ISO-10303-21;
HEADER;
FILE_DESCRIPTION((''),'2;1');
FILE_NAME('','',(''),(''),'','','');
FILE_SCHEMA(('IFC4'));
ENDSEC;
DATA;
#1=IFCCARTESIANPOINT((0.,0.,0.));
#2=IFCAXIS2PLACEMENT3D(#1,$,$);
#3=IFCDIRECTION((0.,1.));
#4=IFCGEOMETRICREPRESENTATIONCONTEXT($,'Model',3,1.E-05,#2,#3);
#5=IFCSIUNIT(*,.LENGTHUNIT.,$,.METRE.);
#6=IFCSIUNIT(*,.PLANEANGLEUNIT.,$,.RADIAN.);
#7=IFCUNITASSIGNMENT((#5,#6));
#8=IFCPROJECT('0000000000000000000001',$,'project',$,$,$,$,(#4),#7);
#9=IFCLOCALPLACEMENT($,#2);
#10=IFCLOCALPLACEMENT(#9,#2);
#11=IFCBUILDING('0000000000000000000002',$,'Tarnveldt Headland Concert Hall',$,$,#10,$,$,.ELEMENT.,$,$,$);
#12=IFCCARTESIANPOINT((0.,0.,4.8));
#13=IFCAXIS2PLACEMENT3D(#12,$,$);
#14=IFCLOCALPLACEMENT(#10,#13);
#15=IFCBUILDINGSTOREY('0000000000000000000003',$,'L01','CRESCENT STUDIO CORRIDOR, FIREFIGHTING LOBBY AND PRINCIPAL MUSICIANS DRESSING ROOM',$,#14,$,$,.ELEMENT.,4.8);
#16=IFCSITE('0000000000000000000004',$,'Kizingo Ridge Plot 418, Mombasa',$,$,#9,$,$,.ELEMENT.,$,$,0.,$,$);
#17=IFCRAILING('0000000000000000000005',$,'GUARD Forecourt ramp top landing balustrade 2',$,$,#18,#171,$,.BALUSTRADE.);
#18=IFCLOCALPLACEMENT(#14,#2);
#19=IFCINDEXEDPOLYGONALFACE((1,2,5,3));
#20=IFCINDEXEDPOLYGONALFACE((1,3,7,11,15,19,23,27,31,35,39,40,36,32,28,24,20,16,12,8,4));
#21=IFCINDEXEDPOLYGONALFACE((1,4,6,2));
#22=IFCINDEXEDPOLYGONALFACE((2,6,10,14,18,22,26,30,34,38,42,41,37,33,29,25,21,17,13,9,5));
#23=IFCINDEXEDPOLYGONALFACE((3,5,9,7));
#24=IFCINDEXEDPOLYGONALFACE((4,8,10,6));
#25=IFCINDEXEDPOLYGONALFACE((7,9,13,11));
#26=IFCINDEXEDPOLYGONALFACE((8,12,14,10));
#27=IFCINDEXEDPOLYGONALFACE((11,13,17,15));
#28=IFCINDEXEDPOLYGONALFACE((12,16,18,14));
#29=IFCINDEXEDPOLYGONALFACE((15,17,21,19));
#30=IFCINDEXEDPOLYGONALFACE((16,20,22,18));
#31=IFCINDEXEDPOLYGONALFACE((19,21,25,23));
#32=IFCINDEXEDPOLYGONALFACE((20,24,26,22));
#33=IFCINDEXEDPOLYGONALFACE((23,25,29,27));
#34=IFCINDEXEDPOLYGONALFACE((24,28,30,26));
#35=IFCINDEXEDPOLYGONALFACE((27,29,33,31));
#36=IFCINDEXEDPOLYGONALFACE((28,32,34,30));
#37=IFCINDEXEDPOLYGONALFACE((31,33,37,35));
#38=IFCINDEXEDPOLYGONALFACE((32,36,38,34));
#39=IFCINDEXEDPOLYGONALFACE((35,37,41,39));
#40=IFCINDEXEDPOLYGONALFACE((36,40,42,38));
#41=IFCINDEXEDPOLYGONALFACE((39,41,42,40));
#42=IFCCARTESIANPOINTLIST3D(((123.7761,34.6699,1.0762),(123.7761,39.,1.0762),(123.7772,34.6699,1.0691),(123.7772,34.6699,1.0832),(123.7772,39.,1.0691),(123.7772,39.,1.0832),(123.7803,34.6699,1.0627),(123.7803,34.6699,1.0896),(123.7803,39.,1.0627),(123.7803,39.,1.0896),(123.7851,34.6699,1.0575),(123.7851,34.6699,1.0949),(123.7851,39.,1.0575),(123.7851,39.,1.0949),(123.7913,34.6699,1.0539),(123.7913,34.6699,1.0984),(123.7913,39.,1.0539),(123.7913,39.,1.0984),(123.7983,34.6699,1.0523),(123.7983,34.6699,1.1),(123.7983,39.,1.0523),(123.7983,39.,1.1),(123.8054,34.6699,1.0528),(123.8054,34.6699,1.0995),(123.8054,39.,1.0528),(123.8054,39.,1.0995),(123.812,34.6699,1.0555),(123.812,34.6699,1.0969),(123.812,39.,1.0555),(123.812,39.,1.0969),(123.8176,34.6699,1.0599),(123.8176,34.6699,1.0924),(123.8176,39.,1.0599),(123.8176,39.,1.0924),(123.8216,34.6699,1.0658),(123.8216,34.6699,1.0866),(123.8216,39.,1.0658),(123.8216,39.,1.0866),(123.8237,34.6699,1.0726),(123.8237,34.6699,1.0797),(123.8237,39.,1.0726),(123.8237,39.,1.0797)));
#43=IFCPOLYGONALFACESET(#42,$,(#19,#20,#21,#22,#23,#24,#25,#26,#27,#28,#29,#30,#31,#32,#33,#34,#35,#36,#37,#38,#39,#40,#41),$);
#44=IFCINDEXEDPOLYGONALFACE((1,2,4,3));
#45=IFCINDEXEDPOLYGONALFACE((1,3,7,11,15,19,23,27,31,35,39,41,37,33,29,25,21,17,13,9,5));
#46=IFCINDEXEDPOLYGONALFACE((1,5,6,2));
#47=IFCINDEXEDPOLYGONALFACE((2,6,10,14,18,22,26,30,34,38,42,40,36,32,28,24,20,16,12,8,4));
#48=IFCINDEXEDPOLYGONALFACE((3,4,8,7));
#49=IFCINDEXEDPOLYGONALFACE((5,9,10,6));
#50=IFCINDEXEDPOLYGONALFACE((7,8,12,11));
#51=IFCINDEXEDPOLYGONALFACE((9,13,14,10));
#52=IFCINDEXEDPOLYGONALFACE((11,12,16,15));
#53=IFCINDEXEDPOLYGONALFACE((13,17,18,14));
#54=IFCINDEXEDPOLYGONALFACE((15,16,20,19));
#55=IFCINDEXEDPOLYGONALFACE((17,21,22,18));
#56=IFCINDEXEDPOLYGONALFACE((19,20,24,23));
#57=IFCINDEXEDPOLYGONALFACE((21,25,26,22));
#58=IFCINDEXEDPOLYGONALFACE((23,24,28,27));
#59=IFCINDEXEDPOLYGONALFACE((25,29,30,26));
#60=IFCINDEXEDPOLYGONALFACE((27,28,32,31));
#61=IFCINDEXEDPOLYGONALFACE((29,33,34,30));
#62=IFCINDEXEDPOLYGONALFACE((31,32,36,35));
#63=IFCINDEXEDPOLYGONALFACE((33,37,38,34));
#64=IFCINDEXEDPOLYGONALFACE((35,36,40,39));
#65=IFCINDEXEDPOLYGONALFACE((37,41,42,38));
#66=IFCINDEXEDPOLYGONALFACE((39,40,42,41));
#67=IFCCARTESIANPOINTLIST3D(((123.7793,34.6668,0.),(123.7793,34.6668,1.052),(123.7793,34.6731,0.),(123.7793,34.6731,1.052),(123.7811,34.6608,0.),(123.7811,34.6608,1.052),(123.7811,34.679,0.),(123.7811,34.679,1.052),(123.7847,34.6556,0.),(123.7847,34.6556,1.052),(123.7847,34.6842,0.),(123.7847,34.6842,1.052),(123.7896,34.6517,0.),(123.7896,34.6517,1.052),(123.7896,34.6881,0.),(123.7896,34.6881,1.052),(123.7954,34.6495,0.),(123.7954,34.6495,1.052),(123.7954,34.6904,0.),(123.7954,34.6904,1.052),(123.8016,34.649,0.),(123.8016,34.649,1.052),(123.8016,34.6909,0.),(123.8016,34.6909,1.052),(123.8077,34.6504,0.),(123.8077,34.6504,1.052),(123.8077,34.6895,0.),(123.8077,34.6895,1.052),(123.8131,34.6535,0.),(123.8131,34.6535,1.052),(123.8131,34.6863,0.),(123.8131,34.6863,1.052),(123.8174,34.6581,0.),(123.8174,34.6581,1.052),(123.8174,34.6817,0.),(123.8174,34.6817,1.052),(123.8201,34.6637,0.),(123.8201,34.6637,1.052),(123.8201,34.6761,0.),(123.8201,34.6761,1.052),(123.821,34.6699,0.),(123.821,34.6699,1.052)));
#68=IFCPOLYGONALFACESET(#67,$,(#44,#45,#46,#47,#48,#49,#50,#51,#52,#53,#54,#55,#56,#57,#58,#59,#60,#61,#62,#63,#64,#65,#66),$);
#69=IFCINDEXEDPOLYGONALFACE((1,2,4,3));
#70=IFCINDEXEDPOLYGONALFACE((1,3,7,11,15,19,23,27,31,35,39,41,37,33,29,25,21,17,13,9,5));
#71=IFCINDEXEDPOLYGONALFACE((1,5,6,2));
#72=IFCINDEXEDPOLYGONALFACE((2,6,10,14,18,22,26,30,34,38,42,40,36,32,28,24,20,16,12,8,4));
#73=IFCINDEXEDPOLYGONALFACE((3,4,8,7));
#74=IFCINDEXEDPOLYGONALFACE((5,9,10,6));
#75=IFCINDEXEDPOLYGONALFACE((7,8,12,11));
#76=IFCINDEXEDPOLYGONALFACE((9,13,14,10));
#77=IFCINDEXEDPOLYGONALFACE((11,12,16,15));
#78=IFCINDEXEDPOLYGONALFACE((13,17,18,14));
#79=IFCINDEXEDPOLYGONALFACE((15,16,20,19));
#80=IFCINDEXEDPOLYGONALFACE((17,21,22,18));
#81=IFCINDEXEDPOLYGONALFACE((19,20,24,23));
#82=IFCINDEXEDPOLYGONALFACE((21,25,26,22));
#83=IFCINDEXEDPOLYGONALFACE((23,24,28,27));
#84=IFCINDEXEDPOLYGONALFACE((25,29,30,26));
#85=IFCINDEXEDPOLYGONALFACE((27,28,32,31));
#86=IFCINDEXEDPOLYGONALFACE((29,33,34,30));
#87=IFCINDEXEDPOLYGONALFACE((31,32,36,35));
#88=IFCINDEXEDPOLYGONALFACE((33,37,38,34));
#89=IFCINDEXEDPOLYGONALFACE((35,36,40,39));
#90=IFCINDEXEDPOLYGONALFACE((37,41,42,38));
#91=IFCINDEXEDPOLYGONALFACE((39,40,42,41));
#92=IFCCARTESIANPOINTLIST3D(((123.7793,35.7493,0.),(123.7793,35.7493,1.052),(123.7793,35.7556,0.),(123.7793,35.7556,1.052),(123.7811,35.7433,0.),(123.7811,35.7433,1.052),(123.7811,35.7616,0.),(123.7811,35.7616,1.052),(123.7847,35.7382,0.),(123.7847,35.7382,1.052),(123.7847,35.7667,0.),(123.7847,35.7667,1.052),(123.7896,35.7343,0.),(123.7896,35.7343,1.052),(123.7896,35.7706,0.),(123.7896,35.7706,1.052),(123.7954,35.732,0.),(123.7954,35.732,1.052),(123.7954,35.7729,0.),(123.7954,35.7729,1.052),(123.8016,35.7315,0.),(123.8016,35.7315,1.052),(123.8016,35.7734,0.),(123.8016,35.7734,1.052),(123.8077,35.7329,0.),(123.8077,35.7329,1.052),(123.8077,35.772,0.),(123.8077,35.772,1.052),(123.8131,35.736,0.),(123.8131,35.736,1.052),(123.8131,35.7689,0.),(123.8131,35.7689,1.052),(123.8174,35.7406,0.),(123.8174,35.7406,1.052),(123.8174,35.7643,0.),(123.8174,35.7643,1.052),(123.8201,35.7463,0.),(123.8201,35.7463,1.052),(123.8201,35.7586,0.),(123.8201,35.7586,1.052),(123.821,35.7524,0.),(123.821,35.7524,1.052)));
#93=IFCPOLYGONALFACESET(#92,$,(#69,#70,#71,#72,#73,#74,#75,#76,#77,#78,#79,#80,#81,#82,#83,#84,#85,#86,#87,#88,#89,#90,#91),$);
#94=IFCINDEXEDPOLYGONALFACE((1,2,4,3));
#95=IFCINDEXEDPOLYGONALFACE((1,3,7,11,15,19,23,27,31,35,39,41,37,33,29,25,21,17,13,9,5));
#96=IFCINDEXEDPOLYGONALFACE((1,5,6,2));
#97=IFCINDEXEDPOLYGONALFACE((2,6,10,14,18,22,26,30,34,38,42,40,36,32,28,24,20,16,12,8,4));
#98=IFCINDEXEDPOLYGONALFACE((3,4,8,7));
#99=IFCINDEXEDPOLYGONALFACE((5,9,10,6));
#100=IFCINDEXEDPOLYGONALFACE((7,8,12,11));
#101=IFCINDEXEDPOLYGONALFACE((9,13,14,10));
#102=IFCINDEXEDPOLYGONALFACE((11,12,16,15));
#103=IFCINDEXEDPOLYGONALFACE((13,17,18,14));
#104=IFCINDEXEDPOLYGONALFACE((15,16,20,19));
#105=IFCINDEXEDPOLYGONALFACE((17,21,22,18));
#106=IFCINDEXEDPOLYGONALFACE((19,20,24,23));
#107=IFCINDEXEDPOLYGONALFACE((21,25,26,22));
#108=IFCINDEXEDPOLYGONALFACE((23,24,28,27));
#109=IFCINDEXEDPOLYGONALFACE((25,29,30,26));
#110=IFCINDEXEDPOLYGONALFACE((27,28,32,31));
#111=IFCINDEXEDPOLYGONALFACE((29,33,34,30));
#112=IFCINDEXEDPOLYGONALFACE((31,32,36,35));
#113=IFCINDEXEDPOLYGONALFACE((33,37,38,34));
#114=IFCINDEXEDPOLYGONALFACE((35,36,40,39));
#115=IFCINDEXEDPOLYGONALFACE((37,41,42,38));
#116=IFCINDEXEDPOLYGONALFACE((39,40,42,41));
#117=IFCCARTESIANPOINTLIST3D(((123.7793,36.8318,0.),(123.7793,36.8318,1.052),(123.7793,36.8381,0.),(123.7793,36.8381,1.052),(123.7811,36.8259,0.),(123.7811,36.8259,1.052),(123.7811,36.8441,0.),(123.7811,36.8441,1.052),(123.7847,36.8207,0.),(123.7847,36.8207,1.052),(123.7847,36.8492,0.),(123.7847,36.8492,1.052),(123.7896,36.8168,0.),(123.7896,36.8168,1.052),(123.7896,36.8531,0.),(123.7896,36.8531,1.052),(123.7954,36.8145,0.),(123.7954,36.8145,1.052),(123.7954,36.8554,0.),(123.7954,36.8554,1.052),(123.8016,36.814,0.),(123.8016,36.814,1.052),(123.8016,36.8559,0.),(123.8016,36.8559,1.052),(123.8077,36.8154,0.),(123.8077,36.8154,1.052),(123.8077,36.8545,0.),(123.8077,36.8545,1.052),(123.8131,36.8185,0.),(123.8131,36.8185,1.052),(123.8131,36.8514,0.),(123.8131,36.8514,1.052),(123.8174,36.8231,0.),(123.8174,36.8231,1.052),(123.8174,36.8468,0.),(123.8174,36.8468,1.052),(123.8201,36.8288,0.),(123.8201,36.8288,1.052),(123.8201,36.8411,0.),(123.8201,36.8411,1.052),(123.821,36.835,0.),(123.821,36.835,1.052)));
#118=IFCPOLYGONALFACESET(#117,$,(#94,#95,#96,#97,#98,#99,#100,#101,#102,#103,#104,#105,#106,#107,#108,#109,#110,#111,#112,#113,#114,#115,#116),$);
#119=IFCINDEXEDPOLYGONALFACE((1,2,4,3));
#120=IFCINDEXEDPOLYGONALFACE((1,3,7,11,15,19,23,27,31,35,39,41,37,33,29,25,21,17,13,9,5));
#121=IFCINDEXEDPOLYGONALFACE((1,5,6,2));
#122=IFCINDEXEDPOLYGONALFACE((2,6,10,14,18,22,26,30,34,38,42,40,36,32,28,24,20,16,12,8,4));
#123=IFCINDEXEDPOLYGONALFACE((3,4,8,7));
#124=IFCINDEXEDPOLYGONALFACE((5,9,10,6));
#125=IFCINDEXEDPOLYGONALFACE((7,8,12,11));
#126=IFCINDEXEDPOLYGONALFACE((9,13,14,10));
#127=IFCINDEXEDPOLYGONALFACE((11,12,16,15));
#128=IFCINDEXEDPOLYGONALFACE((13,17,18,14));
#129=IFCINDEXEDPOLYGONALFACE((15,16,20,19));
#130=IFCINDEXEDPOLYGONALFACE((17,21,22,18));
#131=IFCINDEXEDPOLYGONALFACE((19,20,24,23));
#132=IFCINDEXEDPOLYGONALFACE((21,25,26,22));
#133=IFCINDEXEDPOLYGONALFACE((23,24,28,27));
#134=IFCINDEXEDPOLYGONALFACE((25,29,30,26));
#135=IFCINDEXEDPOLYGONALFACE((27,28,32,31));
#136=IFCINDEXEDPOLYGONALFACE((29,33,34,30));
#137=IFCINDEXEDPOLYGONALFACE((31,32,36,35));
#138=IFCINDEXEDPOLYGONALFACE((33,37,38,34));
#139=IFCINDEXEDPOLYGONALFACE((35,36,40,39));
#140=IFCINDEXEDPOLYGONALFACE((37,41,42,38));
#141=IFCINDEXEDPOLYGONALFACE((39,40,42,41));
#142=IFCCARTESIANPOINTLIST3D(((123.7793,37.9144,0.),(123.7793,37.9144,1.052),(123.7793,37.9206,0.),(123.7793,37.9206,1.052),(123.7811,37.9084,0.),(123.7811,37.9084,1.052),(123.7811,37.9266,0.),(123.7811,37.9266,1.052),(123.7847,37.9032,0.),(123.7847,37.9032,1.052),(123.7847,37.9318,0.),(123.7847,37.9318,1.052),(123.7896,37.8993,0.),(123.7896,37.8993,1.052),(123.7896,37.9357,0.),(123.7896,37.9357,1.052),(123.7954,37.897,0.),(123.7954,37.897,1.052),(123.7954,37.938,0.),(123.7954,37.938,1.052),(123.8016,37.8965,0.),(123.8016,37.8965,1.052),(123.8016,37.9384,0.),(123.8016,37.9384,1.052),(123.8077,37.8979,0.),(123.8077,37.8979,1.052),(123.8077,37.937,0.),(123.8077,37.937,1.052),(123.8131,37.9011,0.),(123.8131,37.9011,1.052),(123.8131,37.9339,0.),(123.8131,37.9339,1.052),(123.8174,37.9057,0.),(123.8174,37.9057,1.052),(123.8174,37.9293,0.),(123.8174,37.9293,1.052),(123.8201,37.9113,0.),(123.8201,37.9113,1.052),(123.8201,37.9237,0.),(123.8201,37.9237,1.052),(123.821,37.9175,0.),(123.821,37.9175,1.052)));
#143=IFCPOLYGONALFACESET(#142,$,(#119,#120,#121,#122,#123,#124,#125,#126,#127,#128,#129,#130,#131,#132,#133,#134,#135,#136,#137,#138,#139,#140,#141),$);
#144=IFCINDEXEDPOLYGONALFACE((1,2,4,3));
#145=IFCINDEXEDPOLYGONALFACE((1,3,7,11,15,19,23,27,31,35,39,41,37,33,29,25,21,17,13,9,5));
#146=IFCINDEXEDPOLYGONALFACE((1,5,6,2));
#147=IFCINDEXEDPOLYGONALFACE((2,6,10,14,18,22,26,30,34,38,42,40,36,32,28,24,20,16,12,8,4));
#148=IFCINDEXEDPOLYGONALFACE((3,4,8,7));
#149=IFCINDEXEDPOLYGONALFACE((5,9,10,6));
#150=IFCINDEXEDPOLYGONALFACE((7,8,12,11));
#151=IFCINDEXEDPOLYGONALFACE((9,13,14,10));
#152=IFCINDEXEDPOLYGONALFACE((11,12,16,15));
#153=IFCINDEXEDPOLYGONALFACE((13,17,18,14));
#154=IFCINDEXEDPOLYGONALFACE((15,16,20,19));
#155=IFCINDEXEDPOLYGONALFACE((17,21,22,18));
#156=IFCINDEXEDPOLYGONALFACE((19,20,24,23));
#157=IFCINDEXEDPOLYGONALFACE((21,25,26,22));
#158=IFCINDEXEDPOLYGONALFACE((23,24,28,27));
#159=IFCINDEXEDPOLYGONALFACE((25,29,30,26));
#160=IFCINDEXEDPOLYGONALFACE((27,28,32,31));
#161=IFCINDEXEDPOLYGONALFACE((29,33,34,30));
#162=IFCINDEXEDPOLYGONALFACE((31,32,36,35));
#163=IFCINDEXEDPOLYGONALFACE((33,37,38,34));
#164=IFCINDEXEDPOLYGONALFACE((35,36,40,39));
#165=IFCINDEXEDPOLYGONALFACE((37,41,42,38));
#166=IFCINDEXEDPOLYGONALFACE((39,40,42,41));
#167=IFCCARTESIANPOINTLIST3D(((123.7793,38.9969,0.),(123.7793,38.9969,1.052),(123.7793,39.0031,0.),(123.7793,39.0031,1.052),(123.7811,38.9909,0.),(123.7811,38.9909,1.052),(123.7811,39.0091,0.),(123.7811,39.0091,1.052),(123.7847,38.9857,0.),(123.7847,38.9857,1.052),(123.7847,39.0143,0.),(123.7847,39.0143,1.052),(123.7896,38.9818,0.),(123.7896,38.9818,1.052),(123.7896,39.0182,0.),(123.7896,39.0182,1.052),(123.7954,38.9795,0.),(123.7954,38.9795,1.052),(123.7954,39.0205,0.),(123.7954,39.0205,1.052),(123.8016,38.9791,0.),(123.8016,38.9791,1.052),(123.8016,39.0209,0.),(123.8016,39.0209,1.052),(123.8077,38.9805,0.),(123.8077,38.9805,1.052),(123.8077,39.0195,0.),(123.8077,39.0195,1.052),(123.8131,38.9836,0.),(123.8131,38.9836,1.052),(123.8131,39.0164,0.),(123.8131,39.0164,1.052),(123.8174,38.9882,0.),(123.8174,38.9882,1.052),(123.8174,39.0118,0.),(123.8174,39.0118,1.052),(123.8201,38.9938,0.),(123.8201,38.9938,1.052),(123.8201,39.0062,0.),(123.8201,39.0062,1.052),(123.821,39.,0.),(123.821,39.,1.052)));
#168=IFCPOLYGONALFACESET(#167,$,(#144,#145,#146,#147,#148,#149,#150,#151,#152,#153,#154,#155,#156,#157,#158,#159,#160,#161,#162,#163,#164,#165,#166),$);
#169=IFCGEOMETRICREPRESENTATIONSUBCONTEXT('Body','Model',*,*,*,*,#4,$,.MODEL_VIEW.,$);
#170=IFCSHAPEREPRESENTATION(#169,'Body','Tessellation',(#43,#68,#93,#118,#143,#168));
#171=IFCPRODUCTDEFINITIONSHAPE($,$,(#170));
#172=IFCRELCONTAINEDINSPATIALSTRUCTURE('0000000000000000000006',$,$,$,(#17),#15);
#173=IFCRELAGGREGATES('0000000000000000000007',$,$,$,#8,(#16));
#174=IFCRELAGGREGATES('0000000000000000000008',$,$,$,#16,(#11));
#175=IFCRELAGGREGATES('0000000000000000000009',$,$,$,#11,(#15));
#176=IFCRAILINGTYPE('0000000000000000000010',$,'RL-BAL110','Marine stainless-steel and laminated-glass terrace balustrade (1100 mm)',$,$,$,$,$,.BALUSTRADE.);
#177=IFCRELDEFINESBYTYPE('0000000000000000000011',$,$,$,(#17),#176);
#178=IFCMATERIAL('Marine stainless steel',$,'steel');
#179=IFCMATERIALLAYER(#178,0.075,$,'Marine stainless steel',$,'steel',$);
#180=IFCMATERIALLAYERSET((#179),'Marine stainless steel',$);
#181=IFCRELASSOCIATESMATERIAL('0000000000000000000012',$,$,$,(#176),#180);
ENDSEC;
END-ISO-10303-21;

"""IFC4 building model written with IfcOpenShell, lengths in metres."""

from ifc_helpers import new_model, si_unit, direction, frame, origin, origin_2d, place, context, subcontext, project, spatial, circle, extrude, material, layer, layer_set, type_object, element, save


model = new_model("IFC4")

# Units and contexts
model_context = context("Model", 3, precision=1e-05, world=origin(), true_north=direction((0.0, 1.0)))
body_context = subcontext(model_context, "Body", "Model", "MODEL_VIEW")
ifc_project = project(units=[si_unit("LENGTHUNIT", "METRE"), si_unit("PLANEANGLEUNIT", "RADIAN")], contexts=[model_context])

# Site, building, storey
site_placement = place(None, origin())
site = spatial("IfcSite", under=ifc_project, at=site_placement, Name="Kizingo Ridge Plot 418, Mombasa", CompositionType="ELEMENT", RefElevation=0.0)
building_placement = place(site_placement, origin())
building = spatial("IfcBuilding", under=site, at=building_placement, Name="Tarnveldt Headland Concert Hall", CompositionType="ELEMENT")
storey_placement = place(building_placement, frame((0.0, 0.0, 4.8)))
storey = spatial("IfcBuildingStorey", under=building, at=storey_placement, Name="L01", Description="CRESCENT STUDIO CORRIDOR, FIREFIGHTING LOBBY AND PRINCIPAL MUSICIANS DRESSING ROOM", CompositionType="ELEMENT", Elevation=4.8)

# Railing
ifc_material_1 = material(Name="Marine stainless steel", Category="steel")
ifc_layer_1 = layer(ifc_material_1, 0.075, Name="Marine stainless steel", Category="steel")
ifc_layer_set_1 = layer_set([ifc_layer_1], Name="Marine stainless steel")
railing_type = type_object("IfcRailingType", Name="RL-BAL110", Description="Marine stainless-steel and laminated-glass terrace balustrade (1100 mm)", PredefinedType="BALUSTRADE", material=ifc_layer_set_1)
railing_1_placement = place(storey_placement, frame((123.8, 34.6699, 0.0)))
element("IfcRailing", 1, at=railing_1_placement, inside=storey, type_object=railing_type, Name="GUARD Forecourt ramp top landing balustrade 2", PredefinedType="BALUSTRADE", context=body_context, shape_type="SweptSolid", body=[
    extrude(circle(Radius=0.0239, at=origin_2d()), frame((0.0, 0.0, 1.0762), z_axis=(0.0, 1.0, 0.0), x_axis=(-1.0, 0.0, 0.0)), (0.0, 0.0, 1.0), 4.3301),
    extrude(circle(Radius=0.021, at=origin_2d()), origin(), (0.0, 0.0, 1.0), 1.052),
    extrude(circle(Radius=0.021, at=origin_2d()), frame((0.0, 1.0825, 0.0)), (0.0, 0.0, 1.0), 1.052),
    extrude(circle(Radius=0.021, at=origin_2d()), frame((0.0, 2.165, 0.0)), (0.0, 0.0, 1.0), 1.052),
    extrude(circle(Radius=0.021, at=origin_2d()), frame((0.0, 3.2476, 0.0)), (0.0, 0.0, 1.0), 1.052),
    extrude(circle(Radius=0.021, at=origin_2d()), frame((0.0, 4.3301, 0.0)), (0.0, 0.0, 1.0), 1.052),
])

save(model, "model.ifc")
